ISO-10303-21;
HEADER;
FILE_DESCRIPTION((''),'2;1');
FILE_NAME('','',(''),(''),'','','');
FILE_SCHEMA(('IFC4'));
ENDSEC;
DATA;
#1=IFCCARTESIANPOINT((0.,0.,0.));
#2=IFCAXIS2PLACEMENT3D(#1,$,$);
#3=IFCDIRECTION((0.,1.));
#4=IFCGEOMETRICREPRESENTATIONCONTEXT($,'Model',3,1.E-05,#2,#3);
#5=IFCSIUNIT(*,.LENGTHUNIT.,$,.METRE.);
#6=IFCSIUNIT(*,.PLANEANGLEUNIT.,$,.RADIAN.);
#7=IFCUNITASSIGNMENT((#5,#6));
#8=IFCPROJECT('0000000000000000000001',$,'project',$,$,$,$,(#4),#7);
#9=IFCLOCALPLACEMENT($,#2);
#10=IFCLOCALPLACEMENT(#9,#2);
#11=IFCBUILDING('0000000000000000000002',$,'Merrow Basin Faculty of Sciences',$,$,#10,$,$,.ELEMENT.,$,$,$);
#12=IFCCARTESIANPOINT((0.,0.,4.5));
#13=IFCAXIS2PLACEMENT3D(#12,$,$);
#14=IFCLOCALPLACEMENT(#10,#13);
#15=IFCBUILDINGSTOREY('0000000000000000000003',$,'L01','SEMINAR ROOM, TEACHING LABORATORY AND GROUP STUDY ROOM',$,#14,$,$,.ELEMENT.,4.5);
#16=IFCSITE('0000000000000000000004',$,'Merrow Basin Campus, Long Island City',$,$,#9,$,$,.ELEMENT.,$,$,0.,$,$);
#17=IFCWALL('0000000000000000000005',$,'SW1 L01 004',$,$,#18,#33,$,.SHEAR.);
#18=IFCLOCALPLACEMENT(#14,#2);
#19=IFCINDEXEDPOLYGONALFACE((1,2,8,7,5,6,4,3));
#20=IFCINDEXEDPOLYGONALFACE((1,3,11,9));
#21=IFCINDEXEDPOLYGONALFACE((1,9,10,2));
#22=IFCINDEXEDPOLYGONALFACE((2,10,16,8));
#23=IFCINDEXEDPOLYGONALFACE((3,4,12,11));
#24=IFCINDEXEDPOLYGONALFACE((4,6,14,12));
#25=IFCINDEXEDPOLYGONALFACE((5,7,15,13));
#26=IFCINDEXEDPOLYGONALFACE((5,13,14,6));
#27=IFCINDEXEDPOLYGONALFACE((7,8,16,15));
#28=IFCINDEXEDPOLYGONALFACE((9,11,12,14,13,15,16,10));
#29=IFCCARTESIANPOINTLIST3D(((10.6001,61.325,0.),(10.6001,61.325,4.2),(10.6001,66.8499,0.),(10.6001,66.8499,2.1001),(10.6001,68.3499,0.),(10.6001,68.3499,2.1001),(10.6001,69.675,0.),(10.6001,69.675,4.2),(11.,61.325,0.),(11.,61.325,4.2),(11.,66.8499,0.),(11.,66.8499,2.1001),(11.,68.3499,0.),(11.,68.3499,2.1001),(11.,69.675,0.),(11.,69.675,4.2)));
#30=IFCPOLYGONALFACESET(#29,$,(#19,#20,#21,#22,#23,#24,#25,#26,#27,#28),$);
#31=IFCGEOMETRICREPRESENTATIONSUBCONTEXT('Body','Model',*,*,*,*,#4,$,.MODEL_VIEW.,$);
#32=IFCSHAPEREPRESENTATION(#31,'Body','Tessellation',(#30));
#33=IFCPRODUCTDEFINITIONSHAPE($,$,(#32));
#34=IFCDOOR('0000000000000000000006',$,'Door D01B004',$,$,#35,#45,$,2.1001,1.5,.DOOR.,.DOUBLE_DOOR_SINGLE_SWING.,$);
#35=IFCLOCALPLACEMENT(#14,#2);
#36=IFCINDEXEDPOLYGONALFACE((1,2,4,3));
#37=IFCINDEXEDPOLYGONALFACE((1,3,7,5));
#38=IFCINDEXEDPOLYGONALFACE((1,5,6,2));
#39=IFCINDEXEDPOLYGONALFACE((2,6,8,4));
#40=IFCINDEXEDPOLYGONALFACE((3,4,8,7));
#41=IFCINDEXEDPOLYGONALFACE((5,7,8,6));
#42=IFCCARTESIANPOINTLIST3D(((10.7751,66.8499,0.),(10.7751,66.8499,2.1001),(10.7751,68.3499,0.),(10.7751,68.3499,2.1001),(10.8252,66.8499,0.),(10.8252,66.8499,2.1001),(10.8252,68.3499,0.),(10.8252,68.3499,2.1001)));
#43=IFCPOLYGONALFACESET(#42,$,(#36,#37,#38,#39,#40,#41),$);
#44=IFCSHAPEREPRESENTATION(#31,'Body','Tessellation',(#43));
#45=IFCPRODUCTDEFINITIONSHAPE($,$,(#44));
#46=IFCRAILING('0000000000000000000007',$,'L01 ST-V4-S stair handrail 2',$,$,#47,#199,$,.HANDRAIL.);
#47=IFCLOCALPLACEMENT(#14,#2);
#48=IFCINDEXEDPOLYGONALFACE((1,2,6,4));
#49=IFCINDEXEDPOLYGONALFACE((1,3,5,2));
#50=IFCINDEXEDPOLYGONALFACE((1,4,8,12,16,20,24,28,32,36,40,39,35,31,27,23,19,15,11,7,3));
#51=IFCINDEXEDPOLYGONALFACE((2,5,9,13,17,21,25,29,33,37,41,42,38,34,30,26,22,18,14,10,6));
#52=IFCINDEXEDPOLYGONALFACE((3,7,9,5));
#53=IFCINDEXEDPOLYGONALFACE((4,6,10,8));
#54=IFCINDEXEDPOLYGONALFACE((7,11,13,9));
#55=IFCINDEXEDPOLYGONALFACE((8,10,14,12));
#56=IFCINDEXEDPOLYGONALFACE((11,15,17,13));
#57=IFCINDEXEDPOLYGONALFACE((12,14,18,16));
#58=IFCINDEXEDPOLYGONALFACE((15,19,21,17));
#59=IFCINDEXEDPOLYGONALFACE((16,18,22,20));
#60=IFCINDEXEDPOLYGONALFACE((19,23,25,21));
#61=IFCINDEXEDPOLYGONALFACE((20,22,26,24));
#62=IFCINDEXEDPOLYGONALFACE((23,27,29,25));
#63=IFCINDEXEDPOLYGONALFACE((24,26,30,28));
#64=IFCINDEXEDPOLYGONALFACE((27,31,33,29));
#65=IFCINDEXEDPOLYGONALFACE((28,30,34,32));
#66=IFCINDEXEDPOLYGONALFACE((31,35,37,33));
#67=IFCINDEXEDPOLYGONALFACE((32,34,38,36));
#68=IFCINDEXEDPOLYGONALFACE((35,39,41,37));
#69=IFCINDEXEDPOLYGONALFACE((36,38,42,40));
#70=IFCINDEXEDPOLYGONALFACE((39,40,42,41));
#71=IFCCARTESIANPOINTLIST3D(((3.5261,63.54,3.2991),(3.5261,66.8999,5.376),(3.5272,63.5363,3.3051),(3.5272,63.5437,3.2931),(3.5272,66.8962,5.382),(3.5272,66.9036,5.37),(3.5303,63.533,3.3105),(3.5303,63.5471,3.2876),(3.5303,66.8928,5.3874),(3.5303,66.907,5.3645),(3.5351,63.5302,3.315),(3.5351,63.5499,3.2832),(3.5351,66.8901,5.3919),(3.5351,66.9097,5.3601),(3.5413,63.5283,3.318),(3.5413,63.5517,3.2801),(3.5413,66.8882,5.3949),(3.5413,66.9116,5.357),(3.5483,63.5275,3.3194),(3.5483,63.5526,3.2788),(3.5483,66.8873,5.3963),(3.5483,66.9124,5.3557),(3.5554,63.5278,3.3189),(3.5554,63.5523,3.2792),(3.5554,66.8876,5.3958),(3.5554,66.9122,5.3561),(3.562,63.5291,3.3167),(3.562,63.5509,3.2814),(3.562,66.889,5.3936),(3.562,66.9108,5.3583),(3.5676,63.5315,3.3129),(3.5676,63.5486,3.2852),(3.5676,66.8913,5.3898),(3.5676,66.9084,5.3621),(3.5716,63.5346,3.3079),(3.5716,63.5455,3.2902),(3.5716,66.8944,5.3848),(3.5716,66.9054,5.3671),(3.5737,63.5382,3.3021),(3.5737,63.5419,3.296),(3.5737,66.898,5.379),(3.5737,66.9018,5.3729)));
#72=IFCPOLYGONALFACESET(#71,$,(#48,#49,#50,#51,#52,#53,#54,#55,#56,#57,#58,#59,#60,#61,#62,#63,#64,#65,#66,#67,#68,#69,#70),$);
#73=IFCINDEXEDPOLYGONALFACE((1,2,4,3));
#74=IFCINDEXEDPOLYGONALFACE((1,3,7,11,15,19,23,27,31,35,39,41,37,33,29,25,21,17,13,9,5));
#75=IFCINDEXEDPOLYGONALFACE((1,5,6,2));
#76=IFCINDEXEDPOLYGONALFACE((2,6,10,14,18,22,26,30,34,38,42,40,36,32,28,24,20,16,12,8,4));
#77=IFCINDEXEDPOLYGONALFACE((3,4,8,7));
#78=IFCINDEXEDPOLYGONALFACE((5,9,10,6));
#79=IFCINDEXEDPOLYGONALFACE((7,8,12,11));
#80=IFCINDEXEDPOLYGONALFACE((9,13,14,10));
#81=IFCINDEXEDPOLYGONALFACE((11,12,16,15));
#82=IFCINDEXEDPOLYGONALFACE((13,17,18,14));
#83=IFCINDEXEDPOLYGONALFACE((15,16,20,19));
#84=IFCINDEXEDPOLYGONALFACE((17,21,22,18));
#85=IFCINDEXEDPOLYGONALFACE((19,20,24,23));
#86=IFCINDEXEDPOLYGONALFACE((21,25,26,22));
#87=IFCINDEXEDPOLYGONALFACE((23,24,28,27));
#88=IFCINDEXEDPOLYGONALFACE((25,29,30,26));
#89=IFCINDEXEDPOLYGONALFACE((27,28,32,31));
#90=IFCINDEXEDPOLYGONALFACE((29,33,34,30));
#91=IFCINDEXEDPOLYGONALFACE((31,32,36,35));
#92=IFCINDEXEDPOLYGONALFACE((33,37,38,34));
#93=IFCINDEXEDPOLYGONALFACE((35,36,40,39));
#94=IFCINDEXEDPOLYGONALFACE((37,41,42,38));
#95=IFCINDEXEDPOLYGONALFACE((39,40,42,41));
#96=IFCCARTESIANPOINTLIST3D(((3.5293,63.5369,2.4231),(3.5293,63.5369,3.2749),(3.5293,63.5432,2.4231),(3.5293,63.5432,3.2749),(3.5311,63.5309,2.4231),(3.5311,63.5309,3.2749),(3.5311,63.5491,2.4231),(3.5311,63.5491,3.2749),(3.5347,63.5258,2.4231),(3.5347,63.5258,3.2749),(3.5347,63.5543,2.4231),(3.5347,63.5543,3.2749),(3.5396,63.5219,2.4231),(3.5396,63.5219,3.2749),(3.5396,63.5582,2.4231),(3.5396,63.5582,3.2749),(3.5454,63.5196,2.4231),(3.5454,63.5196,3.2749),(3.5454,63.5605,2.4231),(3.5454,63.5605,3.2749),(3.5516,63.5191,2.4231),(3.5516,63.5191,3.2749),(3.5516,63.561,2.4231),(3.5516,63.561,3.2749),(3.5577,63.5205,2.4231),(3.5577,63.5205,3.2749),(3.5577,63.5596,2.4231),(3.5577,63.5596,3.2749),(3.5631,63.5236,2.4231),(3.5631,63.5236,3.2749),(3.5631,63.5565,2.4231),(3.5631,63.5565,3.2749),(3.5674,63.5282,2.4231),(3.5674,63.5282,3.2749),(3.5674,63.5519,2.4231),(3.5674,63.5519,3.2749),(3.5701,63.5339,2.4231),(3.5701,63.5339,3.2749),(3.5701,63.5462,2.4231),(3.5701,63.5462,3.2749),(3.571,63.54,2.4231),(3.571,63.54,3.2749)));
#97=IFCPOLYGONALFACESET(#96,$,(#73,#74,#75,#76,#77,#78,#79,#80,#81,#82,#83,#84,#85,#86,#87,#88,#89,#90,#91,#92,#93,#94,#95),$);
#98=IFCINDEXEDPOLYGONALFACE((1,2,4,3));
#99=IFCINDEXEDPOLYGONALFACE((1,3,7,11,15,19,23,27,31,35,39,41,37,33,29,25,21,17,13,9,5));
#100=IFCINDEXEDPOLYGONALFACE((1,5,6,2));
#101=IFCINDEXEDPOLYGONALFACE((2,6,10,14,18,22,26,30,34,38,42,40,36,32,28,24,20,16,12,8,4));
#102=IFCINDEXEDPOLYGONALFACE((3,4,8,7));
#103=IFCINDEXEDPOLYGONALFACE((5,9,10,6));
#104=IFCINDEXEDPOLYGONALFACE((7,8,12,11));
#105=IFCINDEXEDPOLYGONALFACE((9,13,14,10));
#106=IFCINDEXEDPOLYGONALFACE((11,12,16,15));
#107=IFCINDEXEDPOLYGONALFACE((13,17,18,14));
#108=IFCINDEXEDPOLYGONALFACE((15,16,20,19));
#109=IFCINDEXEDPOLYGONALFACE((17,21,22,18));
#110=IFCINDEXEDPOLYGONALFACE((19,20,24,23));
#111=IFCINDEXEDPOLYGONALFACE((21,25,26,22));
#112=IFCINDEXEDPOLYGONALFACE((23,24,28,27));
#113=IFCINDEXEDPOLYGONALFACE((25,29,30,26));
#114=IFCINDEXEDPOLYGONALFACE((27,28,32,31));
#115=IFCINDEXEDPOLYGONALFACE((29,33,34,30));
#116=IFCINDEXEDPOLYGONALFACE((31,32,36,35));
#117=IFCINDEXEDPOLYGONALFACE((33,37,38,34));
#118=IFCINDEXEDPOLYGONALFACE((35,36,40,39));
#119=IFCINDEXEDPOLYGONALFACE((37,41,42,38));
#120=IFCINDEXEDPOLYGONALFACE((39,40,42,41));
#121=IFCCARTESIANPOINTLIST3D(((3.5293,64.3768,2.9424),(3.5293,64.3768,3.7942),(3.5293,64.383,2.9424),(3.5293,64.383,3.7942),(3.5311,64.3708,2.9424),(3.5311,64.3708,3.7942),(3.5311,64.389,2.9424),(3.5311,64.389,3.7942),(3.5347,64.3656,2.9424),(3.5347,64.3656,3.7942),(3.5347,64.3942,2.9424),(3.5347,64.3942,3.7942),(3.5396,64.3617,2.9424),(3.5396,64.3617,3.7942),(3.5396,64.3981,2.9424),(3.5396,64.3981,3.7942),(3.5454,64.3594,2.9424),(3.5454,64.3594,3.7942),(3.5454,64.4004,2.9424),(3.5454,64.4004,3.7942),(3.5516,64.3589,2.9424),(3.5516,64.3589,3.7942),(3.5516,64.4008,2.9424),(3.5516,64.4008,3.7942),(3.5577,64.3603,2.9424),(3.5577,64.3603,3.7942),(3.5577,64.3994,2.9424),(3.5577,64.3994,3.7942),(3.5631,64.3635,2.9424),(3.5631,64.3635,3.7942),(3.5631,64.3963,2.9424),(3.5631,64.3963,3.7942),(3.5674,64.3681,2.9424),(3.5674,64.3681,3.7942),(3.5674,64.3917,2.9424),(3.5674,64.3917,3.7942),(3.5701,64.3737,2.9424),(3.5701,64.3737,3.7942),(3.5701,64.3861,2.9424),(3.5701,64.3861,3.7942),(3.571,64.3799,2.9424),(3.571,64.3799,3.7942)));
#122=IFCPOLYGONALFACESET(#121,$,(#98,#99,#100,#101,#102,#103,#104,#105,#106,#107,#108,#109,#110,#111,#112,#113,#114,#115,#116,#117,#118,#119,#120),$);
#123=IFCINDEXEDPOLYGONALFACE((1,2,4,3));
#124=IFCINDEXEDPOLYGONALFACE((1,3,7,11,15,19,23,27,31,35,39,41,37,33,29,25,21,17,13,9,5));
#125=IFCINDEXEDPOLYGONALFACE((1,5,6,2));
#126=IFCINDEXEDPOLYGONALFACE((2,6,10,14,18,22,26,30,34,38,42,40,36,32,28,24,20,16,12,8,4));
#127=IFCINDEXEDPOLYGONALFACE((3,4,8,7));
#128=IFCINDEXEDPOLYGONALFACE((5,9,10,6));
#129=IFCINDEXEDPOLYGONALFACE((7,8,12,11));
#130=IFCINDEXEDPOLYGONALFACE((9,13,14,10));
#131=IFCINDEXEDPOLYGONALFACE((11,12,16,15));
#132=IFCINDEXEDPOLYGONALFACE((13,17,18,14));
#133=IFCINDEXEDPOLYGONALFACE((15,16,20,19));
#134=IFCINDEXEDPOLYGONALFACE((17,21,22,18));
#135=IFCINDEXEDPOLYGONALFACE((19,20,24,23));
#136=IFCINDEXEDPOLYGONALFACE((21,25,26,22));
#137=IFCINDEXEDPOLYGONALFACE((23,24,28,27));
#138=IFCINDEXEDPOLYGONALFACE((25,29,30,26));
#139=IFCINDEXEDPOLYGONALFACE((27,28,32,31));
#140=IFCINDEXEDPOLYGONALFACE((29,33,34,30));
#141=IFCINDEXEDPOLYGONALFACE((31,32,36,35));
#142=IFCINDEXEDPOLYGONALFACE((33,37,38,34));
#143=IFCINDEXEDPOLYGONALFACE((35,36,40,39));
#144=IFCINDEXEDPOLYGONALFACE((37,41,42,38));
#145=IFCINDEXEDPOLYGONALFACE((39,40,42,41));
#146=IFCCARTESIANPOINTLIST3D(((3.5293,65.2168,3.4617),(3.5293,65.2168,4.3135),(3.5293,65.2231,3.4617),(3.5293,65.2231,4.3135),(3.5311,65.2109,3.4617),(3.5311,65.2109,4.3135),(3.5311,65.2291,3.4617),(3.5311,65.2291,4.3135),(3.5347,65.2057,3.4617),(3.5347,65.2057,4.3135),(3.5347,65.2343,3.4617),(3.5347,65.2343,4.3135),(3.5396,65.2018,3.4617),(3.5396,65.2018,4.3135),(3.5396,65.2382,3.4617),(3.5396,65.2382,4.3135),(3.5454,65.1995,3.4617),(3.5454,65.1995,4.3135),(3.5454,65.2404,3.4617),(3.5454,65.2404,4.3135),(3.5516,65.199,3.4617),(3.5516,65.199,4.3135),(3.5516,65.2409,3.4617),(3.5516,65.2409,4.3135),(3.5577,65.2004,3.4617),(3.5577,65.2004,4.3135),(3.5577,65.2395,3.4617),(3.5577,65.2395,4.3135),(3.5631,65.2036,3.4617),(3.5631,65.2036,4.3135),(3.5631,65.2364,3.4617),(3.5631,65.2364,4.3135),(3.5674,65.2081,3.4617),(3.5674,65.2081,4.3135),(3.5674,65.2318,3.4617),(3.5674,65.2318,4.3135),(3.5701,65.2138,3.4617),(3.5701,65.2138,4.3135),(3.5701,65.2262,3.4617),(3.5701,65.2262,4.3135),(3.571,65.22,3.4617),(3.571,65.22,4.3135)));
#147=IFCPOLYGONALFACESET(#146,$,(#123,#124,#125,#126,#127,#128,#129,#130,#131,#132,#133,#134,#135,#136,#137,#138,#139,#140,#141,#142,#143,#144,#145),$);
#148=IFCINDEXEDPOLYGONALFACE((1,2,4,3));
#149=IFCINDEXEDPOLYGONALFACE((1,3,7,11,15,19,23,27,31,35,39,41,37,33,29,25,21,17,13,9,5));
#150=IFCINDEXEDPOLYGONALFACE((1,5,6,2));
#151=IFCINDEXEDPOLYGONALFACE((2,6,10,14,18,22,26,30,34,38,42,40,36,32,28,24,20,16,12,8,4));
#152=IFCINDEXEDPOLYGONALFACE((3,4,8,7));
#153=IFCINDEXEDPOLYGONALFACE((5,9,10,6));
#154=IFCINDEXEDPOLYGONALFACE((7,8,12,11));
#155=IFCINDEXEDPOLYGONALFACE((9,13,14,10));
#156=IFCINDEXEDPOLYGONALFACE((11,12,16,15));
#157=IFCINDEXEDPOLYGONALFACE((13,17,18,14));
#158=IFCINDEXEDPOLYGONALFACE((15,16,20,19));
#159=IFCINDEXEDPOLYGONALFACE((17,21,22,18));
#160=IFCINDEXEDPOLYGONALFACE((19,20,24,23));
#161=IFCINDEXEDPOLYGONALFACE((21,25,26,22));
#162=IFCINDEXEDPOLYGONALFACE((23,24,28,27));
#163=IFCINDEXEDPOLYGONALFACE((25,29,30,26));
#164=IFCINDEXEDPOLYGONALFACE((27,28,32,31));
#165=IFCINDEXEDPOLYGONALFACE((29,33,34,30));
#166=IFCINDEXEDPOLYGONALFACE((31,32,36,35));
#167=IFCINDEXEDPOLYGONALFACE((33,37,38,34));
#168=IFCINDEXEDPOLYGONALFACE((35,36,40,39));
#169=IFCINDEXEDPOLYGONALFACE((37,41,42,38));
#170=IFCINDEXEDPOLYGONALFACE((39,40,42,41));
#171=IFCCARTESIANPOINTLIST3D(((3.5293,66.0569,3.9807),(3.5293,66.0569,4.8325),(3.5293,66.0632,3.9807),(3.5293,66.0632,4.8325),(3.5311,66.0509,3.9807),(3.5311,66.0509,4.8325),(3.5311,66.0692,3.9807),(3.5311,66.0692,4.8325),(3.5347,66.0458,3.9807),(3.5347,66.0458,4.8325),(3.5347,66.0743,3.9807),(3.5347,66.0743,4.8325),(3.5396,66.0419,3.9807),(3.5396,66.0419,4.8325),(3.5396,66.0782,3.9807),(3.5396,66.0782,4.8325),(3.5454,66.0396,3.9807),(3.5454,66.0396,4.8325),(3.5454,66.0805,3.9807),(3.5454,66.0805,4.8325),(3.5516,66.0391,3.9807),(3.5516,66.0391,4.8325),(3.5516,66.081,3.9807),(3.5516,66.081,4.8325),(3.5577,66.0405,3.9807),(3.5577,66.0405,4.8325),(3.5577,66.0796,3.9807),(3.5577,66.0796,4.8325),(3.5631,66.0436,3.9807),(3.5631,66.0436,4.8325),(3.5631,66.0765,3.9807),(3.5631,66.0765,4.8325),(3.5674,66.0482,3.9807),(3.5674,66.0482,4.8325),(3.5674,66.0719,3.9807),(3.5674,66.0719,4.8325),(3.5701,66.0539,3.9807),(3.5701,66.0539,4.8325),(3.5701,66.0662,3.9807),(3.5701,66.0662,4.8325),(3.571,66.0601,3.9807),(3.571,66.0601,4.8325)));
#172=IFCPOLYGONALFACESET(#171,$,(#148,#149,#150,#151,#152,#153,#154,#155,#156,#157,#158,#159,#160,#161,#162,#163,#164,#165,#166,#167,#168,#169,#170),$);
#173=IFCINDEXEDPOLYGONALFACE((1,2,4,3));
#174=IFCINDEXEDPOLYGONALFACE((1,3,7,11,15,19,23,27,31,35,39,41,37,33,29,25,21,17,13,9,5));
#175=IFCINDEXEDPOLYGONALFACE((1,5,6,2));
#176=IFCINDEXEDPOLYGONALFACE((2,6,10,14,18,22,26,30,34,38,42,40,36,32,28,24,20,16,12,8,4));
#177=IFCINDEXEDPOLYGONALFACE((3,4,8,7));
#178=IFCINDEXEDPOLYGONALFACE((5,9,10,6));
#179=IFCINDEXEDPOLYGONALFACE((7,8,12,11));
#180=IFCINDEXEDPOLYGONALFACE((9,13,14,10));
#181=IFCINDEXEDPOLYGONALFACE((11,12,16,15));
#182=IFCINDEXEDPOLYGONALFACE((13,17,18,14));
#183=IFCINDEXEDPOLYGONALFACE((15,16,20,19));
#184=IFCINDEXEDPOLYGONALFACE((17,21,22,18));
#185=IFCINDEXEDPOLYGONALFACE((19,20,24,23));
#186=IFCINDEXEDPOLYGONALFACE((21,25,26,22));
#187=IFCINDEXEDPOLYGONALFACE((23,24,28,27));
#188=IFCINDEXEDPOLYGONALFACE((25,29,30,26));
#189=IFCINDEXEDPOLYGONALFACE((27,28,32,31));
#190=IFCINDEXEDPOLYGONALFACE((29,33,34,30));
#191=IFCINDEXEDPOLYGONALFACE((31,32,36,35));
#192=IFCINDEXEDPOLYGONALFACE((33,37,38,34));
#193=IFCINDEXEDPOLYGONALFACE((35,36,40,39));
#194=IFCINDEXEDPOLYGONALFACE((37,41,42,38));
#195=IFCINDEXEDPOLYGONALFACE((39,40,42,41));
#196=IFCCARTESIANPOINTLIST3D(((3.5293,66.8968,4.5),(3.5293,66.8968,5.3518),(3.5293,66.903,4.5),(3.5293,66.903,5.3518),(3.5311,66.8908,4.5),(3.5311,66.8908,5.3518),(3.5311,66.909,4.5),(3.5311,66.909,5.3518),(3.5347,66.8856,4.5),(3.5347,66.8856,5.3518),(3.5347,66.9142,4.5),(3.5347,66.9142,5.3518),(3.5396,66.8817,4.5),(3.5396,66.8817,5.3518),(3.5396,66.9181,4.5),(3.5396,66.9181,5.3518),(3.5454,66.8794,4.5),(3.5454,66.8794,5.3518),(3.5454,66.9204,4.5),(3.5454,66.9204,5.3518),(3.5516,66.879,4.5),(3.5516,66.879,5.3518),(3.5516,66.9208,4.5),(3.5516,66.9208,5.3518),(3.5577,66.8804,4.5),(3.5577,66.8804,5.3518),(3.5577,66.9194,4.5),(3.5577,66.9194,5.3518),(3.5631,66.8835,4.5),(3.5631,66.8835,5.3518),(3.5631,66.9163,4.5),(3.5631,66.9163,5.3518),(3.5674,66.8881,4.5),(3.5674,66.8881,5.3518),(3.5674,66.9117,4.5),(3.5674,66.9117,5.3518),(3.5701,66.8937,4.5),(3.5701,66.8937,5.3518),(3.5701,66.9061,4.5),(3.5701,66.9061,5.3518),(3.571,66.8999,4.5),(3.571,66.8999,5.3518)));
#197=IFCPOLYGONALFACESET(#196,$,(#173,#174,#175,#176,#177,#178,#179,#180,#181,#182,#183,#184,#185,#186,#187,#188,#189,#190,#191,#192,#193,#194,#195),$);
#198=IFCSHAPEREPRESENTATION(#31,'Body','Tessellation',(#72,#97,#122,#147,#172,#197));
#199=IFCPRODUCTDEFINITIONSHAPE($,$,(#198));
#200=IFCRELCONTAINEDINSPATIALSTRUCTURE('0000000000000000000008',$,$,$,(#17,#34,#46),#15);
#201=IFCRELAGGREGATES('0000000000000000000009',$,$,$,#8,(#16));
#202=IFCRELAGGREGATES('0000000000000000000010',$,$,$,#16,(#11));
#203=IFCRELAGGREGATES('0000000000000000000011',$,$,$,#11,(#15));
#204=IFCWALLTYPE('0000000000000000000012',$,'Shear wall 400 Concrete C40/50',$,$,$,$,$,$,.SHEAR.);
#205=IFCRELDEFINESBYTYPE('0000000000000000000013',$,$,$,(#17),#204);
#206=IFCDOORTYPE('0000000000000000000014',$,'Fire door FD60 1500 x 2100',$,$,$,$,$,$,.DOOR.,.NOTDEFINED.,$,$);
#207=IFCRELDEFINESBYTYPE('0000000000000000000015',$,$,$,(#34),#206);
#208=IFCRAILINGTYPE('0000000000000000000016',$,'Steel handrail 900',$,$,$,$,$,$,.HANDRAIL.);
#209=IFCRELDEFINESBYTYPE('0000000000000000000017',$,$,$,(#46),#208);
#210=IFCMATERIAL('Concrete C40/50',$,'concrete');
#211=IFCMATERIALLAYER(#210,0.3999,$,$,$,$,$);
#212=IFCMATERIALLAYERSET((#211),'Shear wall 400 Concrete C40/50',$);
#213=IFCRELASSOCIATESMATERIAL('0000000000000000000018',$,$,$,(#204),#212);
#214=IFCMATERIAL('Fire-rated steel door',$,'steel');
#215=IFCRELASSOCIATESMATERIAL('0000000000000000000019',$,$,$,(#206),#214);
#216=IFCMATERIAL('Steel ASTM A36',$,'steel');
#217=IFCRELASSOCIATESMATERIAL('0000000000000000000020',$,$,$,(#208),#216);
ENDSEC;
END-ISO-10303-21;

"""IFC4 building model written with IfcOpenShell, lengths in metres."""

from ifc_helpers import new_model, si_unit, direction, frame, frame_2d, origin, origin_2d, place, context, subcontext, project, spatial, rectangle, circle, extrude, material, layer, layer_set, type_object, element, fill, save


model = new_model("IFC4")

# Units and contexts
model_context = context("Model", 3, precision=1e-05, world=origin(), true_north=direction((0.0, 1.0)))
body_context = subcontext(model_context, "Body", "Model", "MODEL_VIEW")
ifc_project = project(units=[si_unit("LENGTHUNIT", "METRE"), si_unit("PLANEANGLEUNIT", "RADIAN")], contexts=[model_context])

# Site, building, storey
site_placement = place(None, origin())
site = spatial("IfcSite", under=ifc_project, at=site_placement, Name="Merrow Basin Campus, Long Island City", CompositionType="ELEMENT", RefElevation=0.0)
building_placement = place(site_placement, origin())
building = spatial("IfcBuilding", under=site, at=building_placement, Name="Merrow Basin Faculty of Sciences", CompositionType="ELEMENT")
storey_placement = place(building_placement, frame((0.0, 0.0, 4.5)))
storey = spatial("IfcBuildingStorey", under=building, at=storey_placement, Name="L01", Description="SEMINAR ROOM, TEACHING LABORATORY AND GROUP STUDY ROOM", CompositionType="ELEMENT", Elevation=4.5)

# Wall, opening, door
ifc_material_1 = material(Name="Concrete C40/50", Category="concrete")
ifc_layer_1 = layer(ifc_material_1, 0.3999)
ifc_layer_set_1 = layer_set([ifc_layer_1], Name="Shear wall 400 Concrete C40/50")
wall_type_1 = type_object("IfcWallType", Name="Shear wall 400 Concrete C40/50", PredefinedType="SHEAR", material=ifc_layer_set_1)
wall_1_placement = place(storey_placement, frame((10.8, 61.325, 0.0), z_axis=(0.0, 0.0, 1.0), x_axis=(0.0, 1.0, 0.0)))
wall_1 = element("IfcWall", 1, at=wall_1_placement, inside=storey, type_object=wall_type_1, Name="SW1 L01 004", PredefinedType="SHEAR", context=body_context, shape_type="SweptSolid", body=[
    extrude(rectangle(XDim=8.3501, YDim=0.3999, at=frame_2d((4.175, 0.0))), origin(), (0.0, 0.0, 1.0), 4.2),
])
opening_1_placement = place(wall_1_placement, frame((5.5249, 0.0, 0.0)))
opening_1 = element("IfcOpeningElement", 2, at=opening_1_placement, cuts=wall_1, PredefinedType="OPENING", context=body_context, shape_type="SweptSolid", body=[
    extrude(rectangle(XDim=1.5, YDim=2.1001, at=frame_2d((0.75, 1.05))), frame((0.0, 0.21, 0.0), z_axis=(0.0, -1.0, 0.0), x_axis=(1.0, 0.0, 0.0)), (0.0, 0.0, 1.0), 0.4199),
])
ifc_material_2 = material(Name="Fire-rated steel door", Category="steel")
door_type_1 = type_object("IfcDoorType", Name="Fire door FD60 1500 x 2100", OperationType="NOTDEFINED", PredefinedType="DOOR", material=ifc_material_2)
door_1_placement = place(opening_1_placement, origin())
door_1 = element("IfcDoor", 3, at=door_1_placement, inside=storey, type_object=door_type_1, Name="Door D01B004", OperationType="DOUBLE_DOOR_SINGLE_SWING", OverallHeight=2.1001, OverallWidth=1.5, PredefinedType="DOOR", context=body_context, shape_type="SweptSolid", body=[
    extrude(rectangle(XDim=1.5, YDim=2.1001, at=frame_2d((0.75, 1.05))), frame((0.0, 0.0249, 0.0), z_axis=(0.0, -1.0, 0.0), x_axis=(1.0, 0.0, 0.0)), (0.0, 0.0, 1.0), 0.05),
])
fill(opening_1, door_1)

# Railing
ifc_material_3 = material(Name="Steel ASTM A36", Category="steel")
railing_type = type_object("IfcRailingType", Name="Steel handrail 900", PredefinedType="HANDRAIL", material=ifc_material_3)
railing_placement = place(storey_placement, frame((3.55, 63.54, 2.4231)))
element("IfcRailing", 4, at=railing_placement, inside=storey, type_object=railing_type, Name="L01 ST-V4-S stair handrail 2", PredefinedType="HANDRAIL", context=body_context, shape_type="SweptSolid", body=[
    extrude(circle(Radius=0.0239, at=origin_2d()), frame((0.0, 0.0, 0.876), z_axis=(0.0, 0.850606, 0.525803), x_axis=(-1.0, 0.0, 0.0)), (0.0, 0.0, 1.0), 3.95),
    extrude(circle(Radius=0.021, at=origin_2d()), origin(), (0.0, 0.0, 1.0), 0.8518),
    extrude(circle(Radius=0.021, at=origin_2d()), frame((0.0, 0.8398, 0.5193)), (0.0, 0.0, 1.0), 0.8518),
    extrude(circle(Radius=0.021, at=origin_2d()), frame((0.0, 1.6799, 1.0386)), (0.0, 0.0, 1.0), 0.8518),
    extrude(circle(Radius=0.021, at=origin_2d()), frame((0.0, 2.52, 1.5576)), (0.0, 0.0, 1.0), 0.8518),
    extrude(circle(Radius=0.021, at=origin_2d()), frame((0.0, 3.3599, 2.0769)), (0.0, 0.0, 1.0), 0.8518),
])

save(model, "model.ifc")
